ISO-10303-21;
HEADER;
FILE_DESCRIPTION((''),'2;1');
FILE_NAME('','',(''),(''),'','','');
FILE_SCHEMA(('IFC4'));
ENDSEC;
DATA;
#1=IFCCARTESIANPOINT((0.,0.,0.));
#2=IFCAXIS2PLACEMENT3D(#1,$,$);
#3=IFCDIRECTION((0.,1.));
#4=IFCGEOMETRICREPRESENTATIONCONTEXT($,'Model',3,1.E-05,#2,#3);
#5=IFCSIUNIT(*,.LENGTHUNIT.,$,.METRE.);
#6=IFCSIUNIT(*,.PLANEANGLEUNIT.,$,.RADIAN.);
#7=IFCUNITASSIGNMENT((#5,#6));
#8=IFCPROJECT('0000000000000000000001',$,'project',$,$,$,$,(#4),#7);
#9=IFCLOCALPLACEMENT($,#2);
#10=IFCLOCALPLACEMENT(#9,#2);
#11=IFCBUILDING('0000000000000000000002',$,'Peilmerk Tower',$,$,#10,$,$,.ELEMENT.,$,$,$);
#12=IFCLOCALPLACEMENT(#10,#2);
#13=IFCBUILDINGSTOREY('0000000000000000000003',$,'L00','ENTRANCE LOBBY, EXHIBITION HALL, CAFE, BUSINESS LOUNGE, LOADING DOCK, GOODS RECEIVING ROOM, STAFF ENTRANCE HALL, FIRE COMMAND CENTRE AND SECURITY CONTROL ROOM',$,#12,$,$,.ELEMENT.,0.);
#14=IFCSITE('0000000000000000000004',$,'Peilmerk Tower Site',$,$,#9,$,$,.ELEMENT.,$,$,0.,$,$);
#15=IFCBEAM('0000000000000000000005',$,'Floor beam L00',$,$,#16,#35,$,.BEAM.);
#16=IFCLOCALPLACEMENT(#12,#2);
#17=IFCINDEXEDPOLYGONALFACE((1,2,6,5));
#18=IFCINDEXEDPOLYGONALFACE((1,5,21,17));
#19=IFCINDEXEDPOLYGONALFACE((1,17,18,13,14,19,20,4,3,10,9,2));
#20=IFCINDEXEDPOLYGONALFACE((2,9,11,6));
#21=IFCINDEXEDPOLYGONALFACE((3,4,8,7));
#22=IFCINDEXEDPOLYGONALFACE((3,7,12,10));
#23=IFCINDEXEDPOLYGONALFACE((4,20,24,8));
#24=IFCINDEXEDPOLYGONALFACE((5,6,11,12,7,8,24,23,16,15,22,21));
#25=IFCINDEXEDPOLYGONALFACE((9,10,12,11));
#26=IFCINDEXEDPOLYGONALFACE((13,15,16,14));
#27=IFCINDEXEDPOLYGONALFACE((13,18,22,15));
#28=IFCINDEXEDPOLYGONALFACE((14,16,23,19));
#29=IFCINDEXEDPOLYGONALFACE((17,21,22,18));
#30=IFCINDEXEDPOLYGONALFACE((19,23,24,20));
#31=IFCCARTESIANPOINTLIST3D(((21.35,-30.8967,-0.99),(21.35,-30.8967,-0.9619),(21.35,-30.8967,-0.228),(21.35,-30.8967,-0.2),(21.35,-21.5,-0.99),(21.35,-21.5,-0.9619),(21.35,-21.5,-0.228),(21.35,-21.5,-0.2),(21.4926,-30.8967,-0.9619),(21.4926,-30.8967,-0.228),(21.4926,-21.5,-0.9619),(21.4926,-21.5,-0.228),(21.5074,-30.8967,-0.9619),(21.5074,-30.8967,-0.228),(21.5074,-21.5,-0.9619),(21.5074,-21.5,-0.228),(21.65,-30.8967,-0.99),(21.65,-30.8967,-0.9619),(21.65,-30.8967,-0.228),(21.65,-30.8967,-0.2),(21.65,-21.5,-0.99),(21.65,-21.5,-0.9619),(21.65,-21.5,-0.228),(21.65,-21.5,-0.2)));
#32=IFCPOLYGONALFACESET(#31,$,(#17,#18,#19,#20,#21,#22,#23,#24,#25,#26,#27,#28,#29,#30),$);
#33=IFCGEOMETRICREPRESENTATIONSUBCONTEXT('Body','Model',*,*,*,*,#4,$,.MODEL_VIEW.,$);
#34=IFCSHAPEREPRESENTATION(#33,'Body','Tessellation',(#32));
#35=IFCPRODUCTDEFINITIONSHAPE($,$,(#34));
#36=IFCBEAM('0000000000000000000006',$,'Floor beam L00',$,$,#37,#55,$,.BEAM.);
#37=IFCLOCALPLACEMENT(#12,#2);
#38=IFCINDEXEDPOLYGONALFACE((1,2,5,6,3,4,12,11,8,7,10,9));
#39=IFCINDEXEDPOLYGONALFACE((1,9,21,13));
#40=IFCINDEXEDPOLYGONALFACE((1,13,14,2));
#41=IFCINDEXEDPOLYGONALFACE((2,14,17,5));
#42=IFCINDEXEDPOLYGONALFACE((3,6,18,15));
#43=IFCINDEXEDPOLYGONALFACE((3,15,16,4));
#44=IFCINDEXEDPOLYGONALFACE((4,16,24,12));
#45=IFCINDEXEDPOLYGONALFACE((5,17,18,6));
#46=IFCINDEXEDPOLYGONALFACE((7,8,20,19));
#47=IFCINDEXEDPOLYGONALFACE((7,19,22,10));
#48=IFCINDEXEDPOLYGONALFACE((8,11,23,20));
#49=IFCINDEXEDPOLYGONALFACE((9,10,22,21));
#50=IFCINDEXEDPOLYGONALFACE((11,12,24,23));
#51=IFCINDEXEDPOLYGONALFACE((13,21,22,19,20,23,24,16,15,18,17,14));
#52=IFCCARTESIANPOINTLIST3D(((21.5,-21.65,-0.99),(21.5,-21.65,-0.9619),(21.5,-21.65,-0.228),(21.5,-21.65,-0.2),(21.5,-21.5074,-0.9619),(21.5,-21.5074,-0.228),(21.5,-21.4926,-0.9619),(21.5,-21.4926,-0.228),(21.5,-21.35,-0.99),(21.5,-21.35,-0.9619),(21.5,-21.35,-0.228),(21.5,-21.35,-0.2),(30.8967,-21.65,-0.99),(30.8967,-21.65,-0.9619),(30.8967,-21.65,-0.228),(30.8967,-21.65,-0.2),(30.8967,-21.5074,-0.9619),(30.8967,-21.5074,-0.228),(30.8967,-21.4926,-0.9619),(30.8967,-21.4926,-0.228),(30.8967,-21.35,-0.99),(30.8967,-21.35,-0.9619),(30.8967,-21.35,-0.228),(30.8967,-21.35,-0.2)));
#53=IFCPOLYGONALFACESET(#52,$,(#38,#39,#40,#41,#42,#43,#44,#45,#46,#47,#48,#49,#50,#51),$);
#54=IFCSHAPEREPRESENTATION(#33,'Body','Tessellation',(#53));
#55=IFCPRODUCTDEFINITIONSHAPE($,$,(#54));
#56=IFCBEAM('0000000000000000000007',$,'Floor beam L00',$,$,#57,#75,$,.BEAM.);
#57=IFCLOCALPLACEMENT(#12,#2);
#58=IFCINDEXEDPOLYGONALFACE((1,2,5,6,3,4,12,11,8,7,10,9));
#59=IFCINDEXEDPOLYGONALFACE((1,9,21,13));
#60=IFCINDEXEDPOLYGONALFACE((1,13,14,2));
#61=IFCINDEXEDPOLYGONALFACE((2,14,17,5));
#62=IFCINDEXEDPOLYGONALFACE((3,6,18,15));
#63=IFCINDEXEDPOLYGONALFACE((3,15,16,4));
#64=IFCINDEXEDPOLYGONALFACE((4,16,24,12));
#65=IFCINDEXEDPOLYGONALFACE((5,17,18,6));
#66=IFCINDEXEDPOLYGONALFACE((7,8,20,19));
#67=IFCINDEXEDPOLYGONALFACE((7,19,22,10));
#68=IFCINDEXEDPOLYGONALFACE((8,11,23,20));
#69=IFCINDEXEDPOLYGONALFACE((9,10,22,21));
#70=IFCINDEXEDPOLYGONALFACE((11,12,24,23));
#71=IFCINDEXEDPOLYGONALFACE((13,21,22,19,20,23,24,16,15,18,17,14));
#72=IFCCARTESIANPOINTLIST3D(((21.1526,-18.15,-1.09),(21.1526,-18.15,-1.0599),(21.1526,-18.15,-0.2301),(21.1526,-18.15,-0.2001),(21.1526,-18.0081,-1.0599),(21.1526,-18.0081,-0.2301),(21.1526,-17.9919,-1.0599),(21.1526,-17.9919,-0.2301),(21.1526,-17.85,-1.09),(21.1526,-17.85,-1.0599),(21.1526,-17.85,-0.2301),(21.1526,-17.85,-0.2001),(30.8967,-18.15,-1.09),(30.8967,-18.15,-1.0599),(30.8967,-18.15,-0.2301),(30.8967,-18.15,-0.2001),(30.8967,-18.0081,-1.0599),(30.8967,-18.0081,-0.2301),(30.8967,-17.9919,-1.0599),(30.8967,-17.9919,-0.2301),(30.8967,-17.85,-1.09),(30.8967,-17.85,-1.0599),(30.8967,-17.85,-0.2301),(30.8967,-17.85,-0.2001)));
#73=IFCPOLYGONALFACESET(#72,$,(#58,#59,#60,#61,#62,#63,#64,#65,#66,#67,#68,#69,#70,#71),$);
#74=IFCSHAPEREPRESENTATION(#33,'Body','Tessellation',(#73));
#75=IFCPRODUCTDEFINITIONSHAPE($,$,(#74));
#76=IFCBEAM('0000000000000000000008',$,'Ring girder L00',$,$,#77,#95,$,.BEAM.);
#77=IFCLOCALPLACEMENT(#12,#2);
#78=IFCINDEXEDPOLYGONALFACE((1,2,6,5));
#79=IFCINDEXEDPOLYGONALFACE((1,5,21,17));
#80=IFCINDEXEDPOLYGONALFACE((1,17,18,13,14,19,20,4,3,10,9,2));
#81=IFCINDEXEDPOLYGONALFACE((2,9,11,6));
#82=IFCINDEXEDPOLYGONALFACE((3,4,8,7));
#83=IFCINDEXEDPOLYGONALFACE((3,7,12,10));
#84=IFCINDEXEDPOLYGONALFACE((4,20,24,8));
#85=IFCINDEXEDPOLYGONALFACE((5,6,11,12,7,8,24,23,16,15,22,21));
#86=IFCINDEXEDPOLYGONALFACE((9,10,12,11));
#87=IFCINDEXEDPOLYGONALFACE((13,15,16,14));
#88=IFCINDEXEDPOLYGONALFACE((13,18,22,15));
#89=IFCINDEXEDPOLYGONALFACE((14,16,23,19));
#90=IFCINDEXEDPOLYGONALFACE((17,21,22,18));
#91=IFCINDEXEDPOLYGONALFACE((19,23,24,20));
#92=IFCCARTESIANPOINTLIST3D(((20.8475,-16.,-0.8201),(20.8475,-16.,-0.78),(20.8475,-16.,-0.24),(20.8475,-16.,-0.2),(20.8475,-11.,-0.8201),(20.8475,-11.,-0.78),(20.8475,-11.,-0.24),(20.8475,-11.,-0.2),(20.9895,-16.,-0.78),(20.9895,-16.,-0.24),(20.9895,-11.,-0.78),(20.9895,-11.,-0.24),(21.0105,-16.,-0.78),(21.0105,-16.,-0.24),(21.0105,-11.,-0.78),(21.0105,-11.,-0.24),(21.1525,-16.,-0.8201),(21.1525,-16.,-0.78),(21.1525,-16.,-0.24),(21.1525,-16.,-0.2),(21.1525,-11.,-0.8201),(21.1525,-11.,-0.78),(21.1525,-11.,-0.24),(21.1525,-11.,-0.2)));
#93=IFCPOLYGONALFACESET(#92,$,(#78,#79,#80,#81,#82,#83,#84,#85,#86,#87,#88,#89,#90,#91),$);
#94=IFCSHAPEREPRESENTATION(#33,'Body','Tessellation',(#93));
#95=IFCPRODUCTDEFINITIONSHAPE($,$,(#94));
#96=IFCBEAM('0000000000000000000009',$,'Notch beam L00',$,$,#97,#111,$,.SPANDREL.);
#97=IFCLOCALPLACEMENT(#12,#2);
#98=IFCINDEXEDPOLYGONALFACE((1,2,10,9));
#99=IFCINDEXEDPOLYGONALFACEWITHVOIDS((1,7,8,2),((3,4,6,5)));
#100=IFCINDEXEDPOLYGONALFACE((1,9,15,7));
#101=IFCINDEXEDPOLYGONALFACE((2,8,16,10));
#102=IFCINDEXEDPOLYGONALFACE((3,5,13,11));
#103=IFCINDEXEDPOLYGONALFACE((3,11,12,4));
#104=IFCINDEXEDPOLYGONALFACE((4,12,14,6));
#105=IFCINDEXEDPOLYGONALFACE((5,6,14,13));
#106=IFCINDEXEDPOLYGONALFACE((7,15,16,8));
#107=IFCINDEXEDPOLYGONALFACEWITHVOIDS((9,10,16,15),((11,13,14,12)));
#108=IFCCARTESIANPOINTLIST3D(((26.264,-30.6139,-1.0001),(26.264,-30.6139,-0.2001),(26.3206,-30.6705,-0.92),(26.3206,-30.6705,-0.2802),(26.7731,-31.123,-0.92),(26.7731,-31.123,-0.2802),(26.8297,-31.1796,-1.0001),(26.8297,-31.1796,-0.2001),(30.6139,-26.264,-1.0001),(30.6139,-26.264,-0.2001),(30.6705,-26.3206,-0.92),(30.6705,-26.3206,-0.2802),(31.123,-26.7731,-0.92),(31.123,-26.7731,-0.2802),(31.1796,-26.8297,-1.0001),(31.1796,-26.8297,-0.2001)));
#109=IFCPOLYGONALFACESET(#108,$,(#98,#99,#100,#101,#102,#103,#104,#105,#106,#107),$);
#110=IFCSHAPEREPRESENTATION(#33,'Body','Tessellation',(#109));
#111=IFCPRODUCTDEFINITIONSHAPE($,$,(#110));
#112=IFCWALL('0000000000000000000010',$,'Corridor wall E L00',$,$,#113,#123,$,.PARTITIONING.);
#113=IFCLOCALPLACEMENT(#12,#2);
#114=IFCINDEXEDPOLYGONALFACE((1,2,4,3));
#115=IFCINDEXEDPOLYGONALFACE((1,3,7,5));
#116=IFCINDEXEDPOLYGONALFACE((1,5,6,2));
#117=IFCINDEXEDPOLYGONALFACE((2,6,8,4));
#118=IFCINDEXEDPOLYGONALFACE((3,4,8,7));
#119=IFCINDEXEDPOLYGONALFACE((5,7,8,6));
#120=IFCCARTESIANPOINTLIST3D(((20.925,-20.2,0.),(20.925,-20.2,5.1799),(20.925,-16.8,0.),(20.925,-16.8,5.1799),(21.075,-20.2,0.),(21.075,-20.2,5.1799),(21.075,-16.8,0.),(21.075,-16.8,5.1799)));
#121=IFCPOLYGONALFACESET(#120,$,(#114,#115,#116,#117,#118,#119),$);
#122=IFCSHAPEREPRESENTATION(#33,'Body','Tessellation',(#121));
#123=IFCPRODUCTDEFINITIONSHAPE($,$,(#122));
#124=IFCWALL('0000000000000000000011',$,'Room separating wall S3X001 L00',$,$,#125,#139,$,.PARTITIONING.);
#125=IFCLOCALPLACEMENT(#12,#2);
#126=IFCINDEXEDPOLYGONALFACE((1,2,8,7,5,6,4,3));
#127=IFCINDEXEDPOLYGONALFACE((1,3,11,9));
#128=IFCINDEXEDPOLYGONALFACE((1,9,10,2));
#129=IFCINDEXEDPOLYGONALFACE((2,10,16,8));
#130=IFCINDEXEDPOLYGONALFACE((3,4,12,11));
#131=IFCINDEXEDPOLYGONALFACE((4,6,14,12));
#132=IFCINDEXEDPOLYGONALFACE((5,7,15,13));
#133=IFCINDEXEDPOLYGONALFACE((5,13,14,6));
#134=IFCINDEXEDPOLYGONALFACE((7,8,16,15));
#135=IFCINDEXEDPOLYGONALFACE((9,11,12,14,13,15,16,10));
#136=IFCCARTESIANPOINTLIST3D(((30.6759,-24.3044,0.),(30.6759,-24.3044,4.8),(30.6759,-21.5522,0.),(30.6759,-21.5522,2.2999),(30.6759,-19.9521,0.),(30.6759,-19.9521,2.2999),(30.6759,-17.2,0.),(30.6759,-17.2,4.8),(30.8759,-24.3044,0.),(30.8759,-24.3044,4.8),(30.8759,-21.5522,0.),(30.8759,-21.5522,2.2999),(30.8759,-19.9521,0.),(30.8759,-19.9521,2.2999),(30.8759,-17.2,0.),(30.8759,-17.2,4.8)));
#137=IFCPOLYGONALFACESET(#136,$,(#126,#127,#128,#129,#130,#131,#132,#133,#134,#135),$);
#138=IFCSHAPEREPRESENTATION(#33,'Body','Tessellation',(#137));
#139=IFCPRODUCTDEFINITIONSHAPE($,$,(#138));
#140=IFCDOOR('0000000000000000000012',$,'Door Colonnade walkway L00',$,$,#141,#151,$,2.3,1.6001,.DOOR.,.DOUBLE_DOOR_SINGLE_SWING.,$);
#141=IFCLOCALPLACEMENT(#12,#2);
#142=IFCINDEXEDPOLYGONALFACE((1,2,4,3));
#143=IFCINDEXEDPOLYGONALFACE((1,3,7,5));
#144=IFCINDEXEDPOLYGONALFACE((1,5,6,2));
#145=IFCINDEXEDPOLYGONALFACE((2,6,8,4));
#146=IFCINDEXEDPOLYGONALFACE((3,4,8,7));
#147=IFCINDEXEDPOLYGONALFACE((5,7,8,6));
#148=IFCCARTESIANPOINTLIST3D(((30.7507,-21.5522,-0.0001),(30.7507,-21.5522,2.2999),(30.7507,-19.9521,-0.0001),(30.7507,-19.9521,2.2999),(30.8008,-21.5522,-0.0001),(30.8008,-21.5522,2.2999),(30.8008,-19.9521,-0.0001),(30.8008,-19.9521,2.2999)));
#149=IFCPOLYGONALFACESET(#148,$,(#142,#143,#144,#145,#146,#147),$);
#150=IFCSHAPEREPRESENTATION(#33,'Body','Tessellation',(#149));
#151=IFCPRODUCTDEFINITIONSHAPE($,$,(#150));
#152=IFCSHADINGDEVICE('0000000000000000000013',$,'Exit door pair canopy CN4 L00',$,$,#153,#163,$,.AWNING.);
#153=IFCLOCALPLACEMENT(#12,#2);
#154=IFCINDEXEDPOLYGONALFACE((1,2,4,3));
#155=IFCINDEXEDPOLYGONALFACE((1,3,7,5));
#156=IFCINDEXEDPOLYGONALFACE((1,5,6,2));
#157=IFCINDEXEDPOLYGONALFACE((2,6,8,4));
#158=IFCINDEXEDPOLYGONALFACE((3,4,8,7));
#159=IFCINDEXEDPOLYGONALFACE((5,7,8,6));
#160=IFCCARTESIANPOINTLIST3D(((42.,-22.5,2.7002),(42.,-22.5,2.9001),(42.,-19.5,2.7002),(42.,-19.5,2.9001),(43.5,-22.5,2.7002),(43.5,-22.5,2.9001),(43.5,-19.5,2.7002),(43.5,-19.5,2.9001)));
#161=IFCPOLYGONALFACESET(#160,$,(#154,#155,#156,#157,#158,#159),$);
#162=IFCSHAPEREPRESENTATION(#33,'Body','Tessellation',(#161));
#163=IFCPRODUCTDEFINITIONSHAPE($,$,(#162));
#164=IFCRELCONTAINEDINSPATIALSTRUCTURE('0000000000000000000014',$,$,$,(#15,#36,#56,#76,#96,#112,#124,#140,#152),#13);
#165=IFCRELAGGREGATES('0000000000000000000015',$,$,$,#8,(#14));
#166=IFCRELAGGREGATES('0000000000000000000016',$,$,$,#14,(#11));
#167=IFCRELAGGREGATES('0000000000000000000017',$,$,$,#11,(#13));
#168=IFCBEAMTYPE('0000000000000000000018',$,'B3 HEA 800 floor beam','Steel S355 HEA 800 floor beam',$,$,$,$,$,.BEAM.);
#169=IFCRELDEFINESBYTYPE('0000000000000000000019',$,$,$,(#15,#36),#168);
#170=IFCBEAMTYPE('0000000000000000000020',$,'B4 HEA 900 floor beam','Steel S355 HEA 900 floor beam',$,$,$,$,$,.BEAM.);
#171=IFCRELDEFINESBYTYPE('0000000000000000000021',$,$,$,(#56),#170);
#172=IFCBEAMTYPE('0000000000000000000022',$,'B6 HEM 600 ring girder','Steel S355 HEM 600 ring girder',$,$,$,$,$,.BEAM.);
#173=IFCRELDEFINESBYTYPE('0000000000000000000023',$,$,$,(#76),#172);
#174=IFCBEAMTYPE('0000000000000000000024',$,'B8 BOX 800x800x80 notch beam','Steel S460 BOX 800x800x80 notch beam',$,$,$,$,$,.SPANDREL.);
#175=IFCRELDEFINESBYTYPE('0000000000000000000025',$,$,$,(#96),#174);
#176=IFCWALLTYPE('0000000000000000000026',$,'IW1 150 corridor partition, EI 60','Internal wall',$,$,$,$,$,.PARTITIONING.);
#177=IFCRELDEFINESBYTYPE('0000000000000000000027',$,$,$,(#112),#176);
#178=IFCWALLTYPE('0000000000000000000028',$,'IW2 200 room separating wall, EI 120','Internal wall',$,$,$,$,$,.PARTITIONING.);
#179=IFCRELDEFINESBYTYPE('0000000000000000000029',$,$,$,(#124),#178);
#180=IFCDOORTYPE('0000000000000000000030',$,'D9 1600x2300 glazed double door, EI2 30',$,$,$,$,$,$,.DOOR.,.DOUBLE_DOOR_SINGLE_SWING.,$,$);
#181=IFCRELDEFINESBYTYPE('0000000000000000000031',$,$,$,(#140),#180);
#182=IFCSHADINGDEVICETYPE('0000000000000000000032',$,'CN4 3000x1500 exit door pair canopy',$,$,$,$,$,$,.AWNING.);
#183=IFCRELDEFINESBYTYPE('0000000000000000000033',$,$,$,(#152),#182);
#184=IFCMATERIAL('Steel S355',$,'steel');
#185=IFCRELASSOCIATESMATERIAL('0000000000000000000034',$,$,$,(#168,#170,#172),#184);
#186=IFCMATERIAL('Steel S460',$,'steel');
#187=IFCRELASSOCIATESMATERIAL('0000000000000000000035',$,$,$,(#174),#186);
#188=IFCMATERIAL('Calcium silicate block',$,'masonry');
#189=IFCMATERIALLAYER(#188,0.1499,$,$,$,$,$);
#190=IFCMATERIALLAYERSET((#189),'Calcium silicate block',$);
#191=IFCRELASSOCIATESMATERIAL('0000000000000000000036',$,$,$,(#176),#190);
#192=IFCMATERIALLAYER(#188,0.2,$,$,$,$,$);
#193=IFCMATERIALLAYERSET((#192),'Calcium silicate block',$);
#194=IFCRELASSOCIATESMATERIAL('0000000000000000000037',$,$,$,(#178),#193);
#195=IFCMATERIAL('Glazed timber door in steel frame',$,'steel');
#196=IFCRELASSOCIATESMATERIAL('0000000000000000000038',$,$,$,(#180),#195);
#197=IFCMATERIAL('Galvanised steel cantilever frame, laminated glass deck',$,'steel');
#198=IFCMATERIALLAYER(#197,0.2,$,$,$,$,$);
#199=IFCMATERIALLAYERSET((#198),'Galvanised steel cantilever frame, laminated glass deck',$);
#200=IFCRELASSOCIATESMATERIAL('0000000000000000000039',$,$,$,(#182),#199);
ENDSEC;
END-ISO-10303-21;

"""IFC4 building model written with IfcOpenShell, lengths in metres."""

from ifc_helpers import new_model, si_unit, direction, frame, frame_2d, origin, origin_2d, place, context, subcontext, project, spatial, rectangle, hollow_rectangle, i_section, extrude, material, layer, layer_set, material_profile, profile_set, type_object, element, fill, save


model = new_model("IFC4")

# Units and contexts
model_context = context("Model", 3, precision=1e-05, world=origin(), true_north=direction((0.0, 1.0)))
body_context = subcontext(model_context, "Body", "Model", "MODEL_VIEW")
ifc_project = project(units=[si_unit("LENGTHUNIT", "METRE"), si_unit("PLANEANGLEUNIT", "RADIAN")], contexts=[model_context])

# Site, building, storey
site_placement = place(None, origin())
site = spatial("IfcSite", under=ifc_project, at=site_placement, Name="Peilmerk Tower Site", CompositionType="ELEMENT", RefElevation=0.0)
building_placement = place(site_placement, origin())
building = spatial("IfcBuilding", under=site, at=building_placement, Name="Peilmerk Tower", CompositionType="ELEMENT")
storey_placement = place(building_placement, origin())
storey = spatial("IfcBuildingStorey", under=building, at=storey_placement, Name="L00", Description="ENTRANCE LOBBY, EXHIBITION HALL, CAFE, BUSINESS LOUNGE, LOADING DOCK, GOODS RECEIVING ROOM, STAFF ENTRANCE HALL, FIRE COMMAND CENTRE AND SECURITY CONTROL ROOM", CompositionType="ELEMENT", Elevation=0.0)

# Beams
ifc_material_1 = material(Name="Steel S355", Category="steel")
ifc_material_profile_1 = material_profile(ifc_material_1, i_section(OverallWidth=0.3, OverallDepth=0.79, WebThickness=0.0149, FlangeThickness=0.0281, at=origin_2d()), Name="HEA 800")
ifc_profile_set_1 = profile_set([ifc_material_profile_1], Name="Steel S355")
beam_type_1 = type_object("IfcBeamType", Name="B3 HEA 800 floor beam", Description="Steel S355 HEA 800 floor beam", PredefinedType="BEAM", material=ifc_profile_set_1)
for number, where, z_axis, x_axis, name in (
    (1, (21.5, -21.5, -0.595), (0.0, -1.0, 0.0), (1.0, 0.0, 0.0), "Floor beam L00"),
    (2, (21.5, -21.5, -0.595), (1.0, 0.0, 0.0), (0.0, 1.0, 0.0), "Floor beam L00"),
):
    element("IfcBeam", number, at=place(storey_placement, frame(where, z_axis=z_axis, x_axis=x_axis)), inside=storey, type_object=beam_type_1, Name=name, PredefinedType="BEAM", context=body_context, shape_type="SweptSolid", body=[
        extrude(i_section(OverallWidth=0.3, OverallDepth=0.79, WebThickness=0.0149, FlangeThickness=0.0281, at=origin_2d()), origin(), (0.0, 0.0, 1.0), 9.3967),
    ])
ifc_material_profile_2 = material_profile(ifc_material_1, i_section(OverallWidth=0.3, OverallDepth=0.8899, WebThickness=0.0161, FlangeThickness=0.03, at=origin_2d()), Name="HEA 900")
ifc_profile_set_2 = profile_set([ifc_material_profile_2], Name="Steel S355")
beam_type_2 = type_object("IfcBeamType", Name="B4 HEA 900 floor beam", Description="Steel S355 HEA 900 floor beam", PredefinedType="BEAM", material=ifc_profile_set_2)
beam_1_placement = place(storey_placement, frame((21.1526, -18.0, -0.645), z_axis=(1.0, 0.0, 0.0), x_axis=(0.0, 1.0, 0.0)))
element("IfcBeam", 3, at=beam_1_placement, inside=storey, type_object=beam_type_2, Name="Floor beam L00", PredefinedType="BEAM", context=body_context, shape_type="SweptSolid", body=[
    extrude(i_section(OverallWidth=0.3, OverallDepth=0.8899, WebThickness=0.0161, FlangeThickness=0.03, at=origin_2d()), origin(), (0.0, 0.0, 1.0), 9.7441),
])
ifc_material_profile_3 = material_profile(ifc_material_1, i_section(OverallWidth=0.3049, OverallDepth=0.6201, WebThickness=0.021, FlangeThickness=0.04, at=origin_2d()), Name="HEM 600")
ifc_profile_set_3 = profile_set([ifc_material_profile_3], Name="Steel S355")
beam_type_3 = type_object("IfcBeamType", Name="B6 HEM 600 ring girder", Description="Steel S355 HEM 600 ring girder", PredefinedType="BEAM", material=ifc_profile_set_3)
beam_2_placement = place(storey_placement, frame((21.0, -16.0, -0.51), z_axis=(0.0, 1.0, 0.0), x_axis=(-1.0, 0.0, 0.0)))
element("IfcBeam", 4, at=beam_2_placement, inside=storey, type_object=beam_type_3, Name="Ring girder L00", PredefinedType="BEAM", context=body_context, shape_type="SweptSolid", body=[
    extrude(i_section(OverallWidth=0.3049, OverallDepth=0.6201, WebThickness=0.021, FlangeThickness=0.04, at=origin_2d()), origin(), (0.0, 0.0, 1.0), 5.0),
])
ifc_material_2 = material(Name="Steel S460", Category="steel")
ifc_material_profile_4 = material_profile(ifc_material_2, hollow_rectangle(XDim=0.8, YDim=0.8, WallThickness=0.0801, at=origin_2d()), Name="BOX 800x800x80")
ifc_profile_set_4 = profile_set([ifc_material_profile_4], Name="Steel S460")
beam_type_4 = type_object("IfcBeamType", Name="B8 BOX 800x800x80 notch beam", Description="Steel S460 BOX 800x800x80 notch beam", PredefinedType="SPANDREL", material=ifc_profile_set_4)
beam_3_placement = place(storey_placement, frame((30.8967, -26.5469, -0.6001), z_axis=(-0.707107, -0.707107, 0.0), x_axis=(0.707107, -0.707107, 0.0)))
element("IfcBeam", 5, at=beam_3_placement, inside=storey, type_object=beam_type_4, Name="Notch beam L00", PredefinedType="SPANDREL", context=body_context, shape_type="SweptSolid", body=[
    extrude(hollow_rectangle(XDim=0.8, YDim=0.8, WallThickness=0.0801, at=origin_2d()), origin(), (0.0, 0.0, 1.0), 6.1516),
])

# Wall
ifc_material_3 = material(Name="Calcium silicate block", Category="masonry")
ifc_layer_1 = layer(ifc_material_3, 0.1499)
ifc_layer_set_1 = layer_set([ifc_layer_1], Name="Calcium silicate block")
wall_type_1 = type_object("IfcWallType", Name="IW1 150 corridor partition, EI 60", Description="Internal wall", PredefinedType="PARTITIONING", material=ifc_layer_set_1)
wall_1_placement = place(storey_placement, frame((21.0, -20.2, 0.0), z_axis=(0.0, 0.0, 1.0), x_axis=(0.0, 1.0, 0.0)))
element("IfcWall", 6, at=wall_1_placement, inside=storey, type_object=wall_type_1, Name="Corridor wall E L00", PredefinedType="PARTITIONING", context=body_context, shape_type="SweptSolid", body=[
    extrude(rectangle(XDim=3.3999, YDim=0.1499, at=frame_2d((1.7, 0.0))), origin(), (0.0, 0.0, 1.0), 5.1799),
])

# Wall, opening, door
ifc_layer_2 = layer(ifc_material_3, 0.2)
ifc_layer_set_2 = layer_set([ifc_layer_2], Name="Calcium silicate block")
wall_type_2 = type_object("IfcWallType", Name="IW2 200 room separating wall, EI 120", Description="Internal wall", PredefinedType="PARTITIONING", material=ifc_layer_set_2)
wall_2_placement = place(storey_placement, frame((30.7759, -17.2, 0.0), z_axis=(0.0, 0.0, 1.0), x_axis=(0.0, -1.0, 0.0)))
wall_2 = element("IfcWall", 7, at=wall_2_placement, inside=storey, type_object=wall_type_2, Name="Room separating wall S3X001 L00", PredefinedType="PARTITIONING", context=body_context, shape_type="SweptSolid", body=[
    extrude(rectangle(XDim=7.1045, YDim=0.2, at=frame_2d((3.5522, 0.0))), origin(), (0.0, 0.0, 1.0), 4.8),
])
opening_placement = place(wall_2_placement, frame((2.7522, 0.0, 0.0)))
opening = element("IfcOpeningElement", 8, at=opening_placement, cuts=wall_2, PredefinedType="OPENING", context=body_context, shape_type="SweptSolid", body=[
    extrude(rectangle(XDim=1.6001, YDim=2.3, at=frame_2d((0.8, 1.1499))), frame((0.0, 0.1099, 0.0), z_axis=(0.0, -1.0, 0.0), x_axis=(1.0, 0.0, 0.0)), (0.0, 0.0, 1.0), 0.22),
])
ifc_material_4 = material(Name="Glazed timber door in steel frame", Category="steel")
door_type = type_object("IfcDoorType", Name="D9 1600x2300 glazed double door, EI2 30", OperationType="DOUBLE_DOOR_SINGLE_SWING", PredefinedType="DOOR", material=ifc_material_4)
door_placement = place(opening_placement, origin())
door = element("IfcDoor", 9, at=door_placement, inside=storey, type_object=door_type, Name="Door Colonnade walkway L00", OperationType="DOUBLE_DOOR_SINGLE_SWING", OverallHeight=2.3, OverallWidth=1.6001, PredefinedType="DOOR", context=body_context, shape_type="SweptSolid", body=[
    extrude(rectangle(XDim=1.6001, YDim=2.3, at=frame_2d((0.8, 1.1499))), frame((0.0, 0.0249, 0.0), z_axis=(0.0, -1.0, 0.0), x_axis=(1.0, 0.0, 0.0)), (0.0, 0.0, 1.0), 0.05),
])
fill(opening, door)

# Shading device
ifc_material_5 = material(Name="Galvanised steel cantilever frame, laminated glass deck", Category="steel")
ifc_layer_3 = layer(ifc_material_5, 0.2)
ifc_layer_set_3 = layer_set([ifc_layer_3], Name="Galvanised steel cantilever frame, laminated glass deck")
shading_device_type = type_object("IfcShadingDeviceType", Name="CN4 3000x1500 exit door pair canopy", PredefinedType="AWNING", material=ifc_layer_set_3)
shading_device_placement = place(storey_placement, frame((42.75, -21.0, 2.7002), z_axis=(0.0, 0.0, 1.0), x_axis=(0.0, -1.0, 0.0)))
element("IfcShadingDevice", 10, at=shading_device_placement, inside=storey, type_object=shading_device_type, Name="Exit door pair canopy CN4 L00", PredefinedType="AWNING", context=body_context, shape_type="SweptSolid", body=[
    extrude(rectangle(XDim=3.0, YDim=1.5, at=origin_2d()), origin(), (0.0, 0.0, 1.0), 0.2),
])

save(model, "model.ifc")
